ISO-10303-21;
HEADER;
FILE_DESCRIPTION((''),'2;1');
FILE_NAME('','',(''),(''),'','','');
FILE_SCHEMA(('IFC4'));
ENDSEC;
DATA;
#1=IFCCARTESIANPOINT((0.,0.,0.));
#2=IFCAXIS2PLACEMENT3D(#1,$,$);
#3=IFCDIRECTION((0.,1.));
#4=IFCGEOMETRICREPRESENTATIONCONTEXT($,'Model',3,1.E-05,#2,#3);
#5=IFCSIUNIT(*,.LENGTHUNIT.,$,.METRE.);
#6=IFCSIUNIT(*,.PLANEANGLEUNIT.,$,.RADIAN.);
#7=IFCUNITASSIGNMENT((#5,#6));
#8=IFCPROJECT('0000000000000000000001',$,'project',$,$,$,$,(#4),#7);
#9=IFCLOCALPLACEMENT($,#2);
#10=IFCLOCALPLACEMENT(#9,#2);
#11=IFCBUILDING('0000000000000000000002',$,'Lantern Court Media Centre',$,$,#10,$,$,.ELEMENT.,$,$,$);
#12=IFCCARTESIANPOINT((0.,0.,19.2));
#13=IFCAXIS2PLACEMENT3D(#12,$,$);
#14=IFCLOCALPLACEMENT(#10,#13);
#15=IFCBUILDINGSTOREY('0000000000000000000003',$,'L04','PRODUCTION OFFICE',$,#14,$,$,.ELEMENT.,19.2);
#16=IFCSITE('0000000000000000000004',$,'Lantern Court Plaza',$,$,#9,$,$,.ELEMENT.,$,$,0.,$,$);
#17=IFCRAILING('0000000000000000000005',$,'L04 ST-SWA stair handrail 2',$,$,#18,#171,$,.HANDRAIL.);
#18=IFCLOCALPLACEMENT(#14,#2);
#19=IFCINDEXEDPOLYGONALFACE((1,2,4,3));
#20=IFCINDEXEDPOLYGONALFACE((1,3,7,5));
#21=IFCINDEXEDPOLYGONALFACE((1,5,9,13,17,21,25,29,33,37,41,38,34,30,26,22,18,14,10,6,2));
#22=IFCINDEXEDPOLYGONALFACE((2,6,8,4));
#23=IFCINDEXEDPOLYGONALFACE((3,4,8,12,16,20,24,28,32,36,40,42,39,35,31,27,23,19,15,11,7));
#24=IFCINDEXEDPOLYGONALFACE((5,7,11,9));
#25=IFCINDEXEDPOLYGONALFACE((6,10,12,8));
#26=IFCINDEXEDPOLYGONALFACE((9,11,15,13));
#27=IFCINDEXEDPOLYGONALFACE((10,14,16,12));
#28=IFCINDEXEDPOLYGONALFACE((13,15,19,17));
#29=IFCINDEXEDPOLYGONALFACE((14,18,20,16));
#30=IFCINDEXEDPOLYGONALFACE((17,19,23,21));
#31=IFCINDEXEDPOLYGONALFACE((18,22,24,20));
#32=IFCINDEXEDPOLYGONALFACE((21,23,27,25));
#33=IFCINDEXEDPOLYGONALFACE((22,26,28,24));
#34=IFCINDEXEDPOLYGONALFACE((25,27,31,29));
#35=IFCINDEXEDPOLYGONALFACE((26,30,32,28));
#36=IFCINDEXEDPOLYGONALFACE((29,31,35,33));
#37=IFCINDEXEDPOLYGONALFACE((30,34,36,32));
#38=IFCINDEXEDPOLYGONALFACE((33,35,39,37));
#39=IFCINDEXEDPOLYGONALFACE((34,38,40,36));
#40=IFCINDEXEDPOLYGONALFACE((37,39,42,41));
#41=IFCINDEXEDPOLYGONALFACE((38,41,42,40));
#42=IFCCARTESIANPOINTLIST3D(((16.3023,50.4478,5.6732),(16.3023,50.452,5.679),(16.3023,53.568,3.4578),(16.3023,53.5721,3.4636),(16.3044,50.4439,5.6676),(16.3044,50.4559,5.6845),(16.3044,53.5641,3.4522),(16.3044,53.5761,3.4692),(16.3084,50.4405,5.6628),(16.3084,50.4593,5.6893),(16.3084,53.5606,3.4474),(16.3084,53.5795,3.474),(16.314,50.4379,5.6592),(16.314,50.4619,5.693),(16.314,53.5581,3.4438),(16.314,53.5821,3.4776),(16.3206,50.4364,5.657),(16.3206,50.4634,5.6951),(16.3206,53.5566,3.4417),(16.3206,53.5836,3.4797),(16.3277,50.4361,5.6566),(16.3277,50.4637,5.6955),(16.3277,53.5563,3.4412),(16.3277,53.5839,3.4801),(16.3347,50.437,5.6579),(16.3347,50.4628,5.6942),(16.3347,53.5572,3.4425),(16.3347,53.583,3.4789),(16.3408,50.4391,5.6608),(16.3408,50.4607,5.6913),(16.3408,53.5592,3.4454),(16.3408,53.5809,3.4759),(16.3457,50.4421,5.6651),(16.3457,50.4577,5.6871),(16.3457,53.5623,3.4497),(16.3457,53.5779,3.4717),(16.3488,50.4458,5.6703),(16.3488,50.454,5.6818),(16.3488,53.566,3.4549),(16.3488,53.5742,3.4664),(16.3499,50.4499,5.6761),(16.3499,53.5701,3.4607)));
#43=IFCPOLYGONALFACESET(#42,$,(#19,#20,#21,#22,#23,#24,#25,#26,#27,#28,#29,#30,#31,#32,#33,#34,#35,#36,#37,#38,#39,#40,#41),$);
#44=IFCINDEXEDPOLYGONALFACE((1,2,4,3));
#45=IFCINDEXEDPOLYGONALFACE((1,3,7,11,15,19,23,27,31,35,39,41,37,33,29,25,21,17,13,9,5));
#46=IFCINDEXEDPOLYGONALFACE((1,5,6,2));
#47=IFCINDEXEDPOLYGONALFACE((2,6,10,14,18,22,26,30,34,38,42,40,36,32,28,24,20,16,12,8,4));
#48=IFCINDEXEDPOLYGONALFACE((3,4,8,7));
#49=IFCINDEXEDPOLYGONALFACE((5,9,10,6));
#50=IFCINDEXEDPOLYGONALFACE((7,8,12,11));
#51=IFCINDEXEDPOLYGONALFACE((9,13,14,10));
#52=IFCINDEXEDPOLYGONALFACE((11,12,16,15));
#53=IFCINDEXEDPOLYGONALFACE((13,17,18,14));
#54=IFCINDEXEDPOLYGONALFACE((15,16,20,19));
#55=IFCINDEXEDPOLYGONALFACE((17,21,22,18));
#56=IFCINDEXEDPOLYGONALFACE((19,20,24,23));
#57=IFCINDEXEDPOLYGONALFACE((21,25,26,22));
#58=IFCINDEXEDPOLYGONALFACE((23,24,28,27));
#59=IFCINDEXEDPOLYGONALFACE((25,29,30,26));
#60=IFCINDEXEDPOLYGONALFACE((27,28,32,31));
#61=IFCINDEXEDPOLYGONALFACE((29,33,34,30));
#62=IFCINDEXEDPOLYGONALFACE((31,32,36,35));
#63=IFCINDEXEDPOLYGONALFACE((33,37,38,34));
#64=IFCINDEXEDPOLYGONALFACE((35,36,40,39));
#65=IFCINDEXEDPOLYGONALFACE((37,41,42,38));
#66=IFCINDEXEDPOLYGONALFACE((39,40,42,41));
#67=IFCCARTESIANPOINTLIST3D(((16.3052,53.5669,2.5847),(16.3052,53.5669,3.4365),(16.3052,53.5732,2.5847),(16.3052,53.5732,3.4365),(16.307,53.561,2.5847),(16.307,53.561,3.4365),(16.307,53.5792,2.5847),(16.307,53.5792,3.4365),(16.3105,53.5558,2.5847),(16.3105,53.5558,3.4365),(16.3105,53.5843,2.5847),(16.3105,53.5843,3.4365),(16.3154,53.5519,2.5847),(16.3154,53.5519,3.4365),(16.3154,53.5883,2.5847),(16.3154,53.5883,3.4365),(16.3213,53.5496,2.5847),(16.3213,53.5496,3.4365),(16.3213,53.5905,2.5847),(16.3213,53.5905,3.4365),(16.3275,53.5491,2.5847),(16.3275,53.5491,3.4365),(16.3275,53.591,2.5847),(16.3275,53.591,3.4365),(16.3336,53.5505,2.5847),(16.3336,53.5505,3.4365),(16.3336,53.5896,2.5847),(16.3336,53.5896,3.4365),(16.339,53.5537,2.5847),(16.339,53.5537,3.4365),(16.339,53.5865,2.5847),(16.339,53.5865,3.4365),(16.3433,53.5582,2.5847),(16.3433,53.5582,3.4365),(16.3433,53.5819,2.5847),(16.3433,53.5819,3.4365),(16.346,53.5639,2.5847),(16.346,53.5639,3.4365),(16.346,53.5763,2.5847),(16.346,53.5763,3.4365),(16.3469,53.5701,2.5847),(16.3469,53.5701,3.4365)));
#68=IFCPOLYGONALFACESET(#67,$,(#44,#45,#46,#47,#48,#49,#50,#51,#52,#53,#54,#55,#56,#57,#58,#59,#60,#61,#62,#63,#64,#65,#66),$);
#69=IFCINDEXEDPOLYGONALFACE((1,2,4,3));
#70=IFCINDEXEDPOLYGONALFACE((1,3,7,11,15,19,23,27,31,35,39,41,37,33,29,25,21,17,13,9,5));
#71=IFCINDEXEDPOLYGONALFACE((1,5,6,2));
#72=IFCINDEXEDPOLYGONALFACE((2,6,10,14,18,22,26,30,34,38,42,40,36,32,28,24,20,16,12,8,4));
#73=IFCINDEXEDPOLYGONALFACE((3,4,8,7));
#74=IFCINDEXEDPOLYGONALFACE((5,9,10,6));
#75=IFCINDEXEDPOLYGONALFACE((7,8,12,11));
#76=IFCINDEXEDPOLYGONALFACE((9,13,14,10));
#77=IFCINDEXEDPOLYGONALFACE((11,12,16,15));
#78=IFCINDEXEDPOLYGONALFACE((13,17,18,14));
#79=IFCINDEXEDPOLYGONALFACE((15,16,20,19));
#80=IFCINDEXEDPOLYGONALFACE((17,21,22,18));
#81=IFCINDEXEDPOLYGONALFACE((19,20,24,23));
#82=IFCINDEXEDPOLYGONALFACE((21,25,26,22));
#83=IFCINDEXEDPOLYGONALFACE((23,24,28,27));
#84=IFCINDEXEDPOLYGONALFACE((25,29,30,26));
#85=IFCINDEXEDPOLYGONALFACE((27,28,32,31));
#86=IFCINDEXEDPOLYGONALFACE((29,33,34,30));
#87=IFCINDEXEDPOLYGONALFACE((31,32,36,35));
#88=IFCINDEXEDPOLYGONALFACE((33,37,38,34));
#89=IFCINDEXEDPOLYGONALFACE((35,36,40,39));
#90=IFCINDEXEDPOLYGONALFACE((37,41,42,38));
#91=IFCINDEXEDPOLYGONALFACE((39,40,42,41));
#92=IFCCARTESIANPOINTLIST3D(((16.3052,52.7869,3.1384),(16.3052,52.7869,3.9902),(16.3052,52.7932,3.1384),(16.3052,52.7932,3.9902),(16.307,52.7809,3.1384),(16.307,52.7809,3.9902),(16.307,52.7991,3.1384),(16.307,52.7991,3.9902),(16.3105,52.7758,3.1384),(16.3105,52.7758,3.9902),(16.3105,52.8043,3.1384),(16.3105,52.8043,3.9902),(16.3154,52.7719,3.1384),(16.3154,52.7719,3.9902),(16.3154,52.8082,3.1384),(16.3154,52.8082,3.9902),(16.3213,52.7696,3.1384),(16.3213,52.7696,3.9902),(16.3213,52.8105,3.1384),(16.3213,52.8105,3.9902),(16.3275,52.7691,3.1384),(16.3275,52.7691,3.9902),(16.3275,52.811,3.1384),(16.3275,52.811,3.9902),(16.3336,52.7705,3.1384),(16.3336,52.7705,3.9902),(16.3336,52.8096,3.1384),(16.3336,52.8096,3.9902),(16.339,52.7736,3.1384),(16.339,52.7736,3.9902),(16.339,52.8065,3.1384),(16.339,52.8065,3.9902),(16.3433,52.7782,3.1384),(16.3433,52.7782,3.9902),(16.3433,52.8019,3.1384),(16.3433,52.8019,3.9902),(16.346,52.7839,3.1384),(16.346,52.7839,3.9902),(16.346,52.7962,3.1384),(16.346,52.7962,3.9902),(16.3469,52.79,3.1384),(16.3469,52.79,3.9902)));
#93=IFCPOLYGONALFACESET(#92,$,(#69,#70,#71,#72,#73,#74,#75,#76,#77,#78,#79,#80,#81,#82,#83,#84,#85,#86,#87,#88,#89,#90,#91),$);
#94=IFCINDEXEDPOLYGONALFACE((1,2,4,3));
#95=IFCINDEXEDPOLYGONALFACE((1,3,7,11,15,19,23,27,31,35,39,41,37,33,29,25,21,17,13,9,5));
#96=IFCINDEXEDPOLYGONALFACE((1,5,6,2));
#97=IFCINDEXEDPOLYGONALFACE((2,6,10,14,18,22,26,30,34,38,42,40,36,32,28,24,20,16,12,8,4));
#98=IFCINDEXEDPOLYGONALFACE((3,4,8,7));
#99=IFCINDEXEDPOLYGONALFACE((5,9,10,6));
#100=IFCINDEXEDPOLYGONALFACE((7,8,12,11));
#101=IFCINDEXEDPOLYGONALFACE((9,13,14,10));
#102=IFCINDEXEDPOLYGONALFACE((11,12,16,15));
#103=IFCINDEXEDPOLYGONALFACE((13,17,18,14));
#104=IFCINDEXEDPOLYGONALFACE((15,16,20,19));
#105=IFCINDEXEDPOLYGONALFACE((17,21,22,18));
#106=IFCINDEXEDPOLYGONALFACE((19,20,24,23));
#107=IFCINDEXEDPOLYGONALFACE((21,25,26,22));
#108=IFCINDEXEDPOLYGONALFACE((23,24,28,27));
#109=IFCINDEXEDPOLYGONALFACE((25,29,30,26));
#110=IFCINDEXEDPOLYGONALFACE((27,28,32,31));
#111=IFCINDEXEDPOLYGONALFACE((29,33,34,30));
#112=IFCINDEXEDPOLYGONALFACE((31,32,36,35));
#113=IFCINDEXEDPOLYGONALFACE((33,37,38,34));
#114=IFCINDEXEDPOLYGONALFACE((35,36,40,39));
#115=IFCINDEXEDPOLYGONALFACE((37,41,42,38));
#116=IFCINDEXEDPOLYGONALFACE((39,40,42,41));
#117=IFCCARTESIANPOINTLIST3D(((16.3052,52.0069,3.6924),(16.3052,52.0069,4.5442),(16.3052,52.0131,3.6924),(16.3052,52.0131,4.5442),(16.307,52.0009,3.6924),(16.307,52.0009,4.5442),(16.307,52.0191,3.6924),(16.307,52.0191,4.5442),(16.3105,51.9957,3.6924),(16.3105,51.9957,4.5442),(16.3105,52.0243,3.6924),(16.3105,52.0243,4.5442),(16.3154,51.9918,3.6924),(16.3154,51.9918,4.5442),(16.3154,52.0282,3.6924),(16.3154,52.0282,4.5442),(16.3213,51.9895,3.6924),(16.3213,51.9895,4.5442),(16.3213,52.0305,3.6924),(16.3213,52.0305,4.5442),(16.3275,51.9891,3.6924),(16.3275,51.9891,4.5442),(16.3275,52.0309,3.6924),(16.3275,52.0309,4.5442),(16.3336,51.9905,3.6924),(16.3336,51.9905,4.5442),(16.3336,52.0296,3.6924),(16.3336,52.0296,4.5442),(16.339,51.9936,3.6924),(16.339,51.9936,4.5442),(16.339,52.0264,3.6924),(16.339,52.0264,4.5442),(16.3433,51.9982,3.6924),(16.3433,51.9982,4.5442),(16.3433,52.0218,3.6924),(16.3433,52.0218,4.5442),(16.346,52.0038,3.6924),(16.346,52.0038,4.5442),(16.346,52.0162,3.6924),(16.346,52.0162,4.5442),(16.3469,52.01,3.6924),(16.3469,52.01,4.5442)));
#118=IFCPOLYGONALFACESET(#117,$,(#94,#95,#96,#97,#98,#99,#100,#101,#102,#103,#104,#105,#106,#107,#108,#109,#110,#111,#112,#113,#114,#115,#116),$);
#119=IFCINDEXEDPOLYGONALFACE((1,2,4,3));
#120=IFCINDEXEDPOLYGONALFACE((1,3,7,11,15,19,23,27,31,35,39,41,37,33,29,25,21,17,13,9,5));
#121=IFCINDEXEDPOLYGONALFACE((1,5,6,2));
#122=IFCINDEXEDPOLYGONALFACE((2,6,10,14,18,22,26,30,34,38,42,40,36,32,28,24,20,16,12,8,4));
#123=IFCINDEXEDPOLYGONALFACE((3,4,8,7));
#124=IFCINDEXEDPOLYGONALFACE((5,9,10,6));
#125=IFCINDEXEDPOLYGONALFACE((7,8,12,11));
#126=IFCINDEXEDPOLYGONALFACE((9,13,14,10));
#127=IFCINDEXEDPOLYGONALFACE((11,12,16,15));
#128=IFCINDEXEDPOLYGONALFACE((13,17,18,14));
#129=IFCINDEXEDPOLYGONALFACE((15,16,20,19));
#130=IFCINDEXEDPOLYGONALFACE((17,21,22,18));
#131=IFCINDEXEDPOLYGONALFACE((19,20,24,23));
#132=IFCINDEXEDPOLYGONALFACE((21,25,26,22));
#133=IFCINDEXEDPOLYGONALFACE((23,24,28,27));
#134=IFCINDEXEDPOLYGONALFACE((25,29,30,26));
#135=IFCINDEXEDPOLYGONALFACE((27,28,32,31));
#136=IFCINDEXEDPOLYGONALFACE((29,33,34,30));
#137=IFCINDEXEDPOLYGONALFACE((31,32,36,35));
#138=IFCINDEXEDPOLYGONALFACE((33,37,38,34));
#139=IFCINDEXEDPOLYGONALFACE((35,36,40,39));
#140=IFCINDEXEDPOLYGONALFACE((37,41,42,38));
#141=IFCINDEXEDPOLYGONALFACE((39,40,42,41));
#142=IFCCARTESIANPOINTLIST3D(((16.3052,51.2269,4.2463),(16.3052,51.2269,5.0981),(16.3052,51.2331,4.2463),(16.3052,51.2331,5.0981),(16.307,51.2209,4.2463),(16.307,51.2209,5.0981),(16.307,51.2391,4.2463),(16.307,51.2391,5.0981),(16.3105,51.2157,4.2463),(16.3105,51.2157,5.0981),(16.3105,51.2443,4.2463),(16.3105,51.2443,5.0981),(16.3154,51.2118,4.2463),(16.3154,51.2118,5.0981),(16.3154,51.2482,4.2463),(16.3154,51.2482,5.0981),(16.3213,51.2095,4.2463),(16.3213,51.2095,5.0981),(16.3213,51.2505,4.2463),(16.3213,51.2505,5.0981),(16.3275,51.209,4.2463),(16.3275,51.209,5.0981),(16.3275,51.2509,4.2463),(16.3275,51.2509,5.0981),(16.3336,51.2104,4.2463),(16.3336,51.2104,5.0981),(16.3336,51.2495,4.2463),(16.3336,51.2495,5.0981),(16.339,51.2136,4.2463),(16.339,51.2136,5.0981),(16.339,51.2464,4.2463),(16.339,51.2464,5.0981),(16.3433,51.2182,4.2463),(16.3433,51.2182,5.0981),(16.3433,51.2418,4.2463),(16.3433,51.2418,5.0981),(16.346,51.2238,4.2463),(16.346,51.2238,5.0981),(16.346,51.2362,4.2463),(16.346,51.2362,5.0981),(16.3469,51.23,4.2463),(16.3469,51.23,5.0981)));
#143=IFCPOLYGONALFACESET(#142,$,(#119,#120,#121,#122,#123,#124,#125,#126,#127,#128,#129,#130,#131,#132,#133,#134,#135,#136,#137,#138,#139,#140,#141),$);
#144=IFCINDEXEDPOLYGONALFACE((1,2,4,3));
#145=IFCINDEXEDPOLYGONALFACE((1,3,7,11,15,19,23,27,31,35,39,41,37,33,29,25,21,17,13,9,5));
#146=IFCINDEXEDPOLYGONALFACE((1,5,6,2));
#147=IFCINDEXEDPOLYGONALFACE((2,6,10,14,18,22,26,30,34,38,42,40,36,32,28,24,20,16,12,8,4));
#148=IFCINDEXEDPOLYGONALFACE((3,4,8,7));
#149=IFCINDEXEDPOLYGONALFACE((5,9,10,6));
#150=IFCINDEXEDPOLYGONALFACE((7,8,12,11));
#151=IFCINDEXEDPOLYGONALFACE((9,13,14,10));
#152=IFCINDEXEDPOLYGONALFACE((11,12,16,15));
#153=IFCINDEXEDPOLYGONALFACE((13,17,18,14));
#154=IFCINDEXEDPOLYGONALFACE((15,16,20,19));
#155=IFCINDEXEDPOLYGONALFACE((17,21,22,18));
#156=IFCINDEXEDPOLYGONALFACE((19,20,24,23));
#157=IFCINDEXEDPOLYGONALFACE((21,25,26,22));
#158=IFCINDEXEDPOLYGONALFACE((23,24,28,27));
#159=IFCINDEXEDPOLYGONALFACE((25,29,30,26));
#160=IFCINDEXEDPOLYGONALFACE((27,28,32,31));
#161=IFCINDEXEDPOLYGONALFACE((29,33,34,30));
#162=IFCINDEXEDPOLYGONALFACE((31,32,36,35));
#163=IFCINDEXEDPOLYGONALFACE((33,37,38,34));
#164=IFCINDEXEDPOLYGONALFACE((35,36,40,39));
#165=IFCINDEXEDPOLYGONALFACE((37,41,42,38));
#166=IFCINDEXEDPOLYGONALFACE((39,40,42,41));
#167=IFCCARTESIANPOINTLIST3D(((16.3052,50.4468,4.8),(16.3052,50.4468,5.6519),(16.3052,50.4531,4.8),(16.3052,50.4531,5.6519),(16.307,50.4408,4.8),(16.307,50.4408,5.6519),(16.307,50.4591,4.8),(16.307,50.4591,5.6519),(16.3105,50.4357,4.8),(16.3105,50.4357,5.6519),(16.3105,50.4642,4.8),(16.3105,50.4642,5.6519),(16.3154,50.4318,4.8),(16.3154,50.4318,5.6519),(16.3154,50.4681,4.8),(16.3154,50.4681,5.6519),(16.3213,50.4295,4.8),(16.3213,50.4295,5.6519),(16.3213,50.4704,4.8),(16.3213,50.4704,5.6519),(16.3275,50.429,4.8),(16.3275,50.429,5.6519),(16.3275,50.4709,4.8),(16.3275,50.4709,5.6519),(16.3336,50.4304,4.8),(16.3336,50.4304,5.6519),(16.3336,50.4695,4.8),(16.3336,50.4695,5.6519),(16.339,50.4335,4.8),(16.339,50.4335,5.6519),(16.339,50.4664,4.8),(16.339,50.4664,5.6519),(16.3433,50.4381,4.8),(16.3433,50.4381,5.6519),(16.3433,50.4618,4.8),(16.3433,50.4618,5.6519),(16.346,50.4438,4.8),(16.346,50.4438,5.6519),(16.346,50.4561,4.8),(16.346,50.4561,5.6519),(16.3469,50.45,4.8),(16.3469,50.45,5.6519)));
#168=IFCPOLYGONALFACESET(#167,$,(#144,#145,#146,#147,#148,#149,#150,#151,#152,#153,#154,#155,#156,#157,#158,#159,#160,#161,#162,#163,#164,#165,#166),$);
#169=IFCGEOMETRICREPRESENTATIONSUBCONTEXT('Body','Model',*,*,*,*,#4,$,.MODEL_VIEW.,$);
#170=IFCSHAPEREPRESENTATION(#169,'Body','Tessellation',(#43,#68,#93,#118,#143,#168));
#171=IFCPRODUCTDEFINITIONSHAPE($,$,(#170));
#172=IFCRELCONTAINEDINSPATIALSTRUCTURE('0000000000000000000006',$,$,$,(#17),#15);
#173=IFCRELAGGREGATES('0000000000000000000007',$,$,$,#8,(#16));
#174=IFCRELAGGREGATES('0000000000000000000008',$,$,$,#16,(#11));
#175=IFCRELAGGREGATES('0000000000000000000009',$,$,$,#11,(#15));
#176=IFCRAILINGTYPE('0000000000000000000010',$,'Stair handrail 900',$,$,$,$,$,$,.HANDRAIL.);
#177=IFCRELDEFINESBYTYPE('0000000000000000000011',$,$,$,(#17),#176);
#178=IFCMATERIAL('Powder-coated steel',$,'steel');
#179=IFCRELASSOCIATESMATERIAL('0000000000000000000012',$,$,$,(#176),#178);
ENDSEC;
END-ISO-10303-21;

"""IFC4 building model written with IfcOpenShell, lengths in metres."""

from ifc_helpers import new_model, si_unit, direction, frame, origin, origin_2d, place, context, subcontext, project, spatial, circle, extrude, material, type_object, element, save


model = new_model("IFC4")

# Units and contexts
model_context = context("Model", 3, precision=1e-05, world=origin(), true_north=direction((0.0, 1.0)))
body_context = subcontext(model_context, "Body", "Model", "MODEL_VIEW")
ifc_project = project(units=[si_unit("LENGTHUNIT", "METRE"), si_unit("PLANEANGLEUNIT", "RADIAN")], contexts=[model_context])

# Site, building, storey
site_placement = place(None, origin())
site = spatial("IfcSite", under=ifc_project, at=site_placement, Name="Lantern Court Plaza", CompositionType="ELEMENT", RefElevation=0.0)
building_placement = place(site_placement, origin())
building = spatial("IfcBuilding", under=site, at=building_placement, Name="Lantern Court Media Centre", CompositionType="ELEMENT")
storey_placement = place(building_placement, frame((0.0, 0.0, 19.2)))
storey = spatial("IfcBuildingStorey", under=building, at=storey_placement, Name="L04", Description="PRODUCTION OFFICE", CompositionType="ELEMENT", Elevation=19.2)

# Railing
ifc_material_1 = material(Name="Powder-coated steel", Category="steel")
railing_type_1 = type_object("IfcRailingType", Name="Stair handrail 900", PredefinedType="HANDRAIL", material=ifc_material_1)
for number, where, name in (
    (1, (16.3259, 53.5701, 2.5847), "L04 ST-SWA stair handrail 2"),
):
    element("IfcRailing", number, at=place(storey_placement, frame(where)), inside=storey, type_object=railing_type_1, Name=name, PredefinedType="HANDRAIL", context=body_context, shape_type="SweptSolid", body=[
        extrude(circle(Radius=0.0239, at=origin_2d()), frame((0.0, 0.0, 0.876), z_axis=(0.0, -0.815377, 0.57893), x_axis=(1.0, 0.0, 0.0)), (0.0, 0.0, 1.0), 3.8267),
        extrude(circle(Radius=0.021, at=origin_2d()), origin(), (0.0, 0.0, 1.0), 0.8518),
        extrude(circle(Radius=0.021, at=origin_2d()), frame((0.0, -0.78, 0.5537)), (0.0, 0.0, 1.0), 0.8518),
        extrude(circle(Radius=0.021, at=origin_2d()), frame((0.0, -1.5601, 1.1077)), (0.0, 0.0, 1.0), 0.8518),
        extrude(circle(Radius=0.021, at=origin_2d()), frame((0.0, -2.3401, 1.6616)), (0.0, 0.0, 1.0), 0.8518),
        extrude(circle(Radius=0.021, at=origin_2d()), frame((0.0, -3.1201, 2.2153)), (0.0, 0.0, 1.0), 0.8518),
    ])

save(model, "model.ifc")
